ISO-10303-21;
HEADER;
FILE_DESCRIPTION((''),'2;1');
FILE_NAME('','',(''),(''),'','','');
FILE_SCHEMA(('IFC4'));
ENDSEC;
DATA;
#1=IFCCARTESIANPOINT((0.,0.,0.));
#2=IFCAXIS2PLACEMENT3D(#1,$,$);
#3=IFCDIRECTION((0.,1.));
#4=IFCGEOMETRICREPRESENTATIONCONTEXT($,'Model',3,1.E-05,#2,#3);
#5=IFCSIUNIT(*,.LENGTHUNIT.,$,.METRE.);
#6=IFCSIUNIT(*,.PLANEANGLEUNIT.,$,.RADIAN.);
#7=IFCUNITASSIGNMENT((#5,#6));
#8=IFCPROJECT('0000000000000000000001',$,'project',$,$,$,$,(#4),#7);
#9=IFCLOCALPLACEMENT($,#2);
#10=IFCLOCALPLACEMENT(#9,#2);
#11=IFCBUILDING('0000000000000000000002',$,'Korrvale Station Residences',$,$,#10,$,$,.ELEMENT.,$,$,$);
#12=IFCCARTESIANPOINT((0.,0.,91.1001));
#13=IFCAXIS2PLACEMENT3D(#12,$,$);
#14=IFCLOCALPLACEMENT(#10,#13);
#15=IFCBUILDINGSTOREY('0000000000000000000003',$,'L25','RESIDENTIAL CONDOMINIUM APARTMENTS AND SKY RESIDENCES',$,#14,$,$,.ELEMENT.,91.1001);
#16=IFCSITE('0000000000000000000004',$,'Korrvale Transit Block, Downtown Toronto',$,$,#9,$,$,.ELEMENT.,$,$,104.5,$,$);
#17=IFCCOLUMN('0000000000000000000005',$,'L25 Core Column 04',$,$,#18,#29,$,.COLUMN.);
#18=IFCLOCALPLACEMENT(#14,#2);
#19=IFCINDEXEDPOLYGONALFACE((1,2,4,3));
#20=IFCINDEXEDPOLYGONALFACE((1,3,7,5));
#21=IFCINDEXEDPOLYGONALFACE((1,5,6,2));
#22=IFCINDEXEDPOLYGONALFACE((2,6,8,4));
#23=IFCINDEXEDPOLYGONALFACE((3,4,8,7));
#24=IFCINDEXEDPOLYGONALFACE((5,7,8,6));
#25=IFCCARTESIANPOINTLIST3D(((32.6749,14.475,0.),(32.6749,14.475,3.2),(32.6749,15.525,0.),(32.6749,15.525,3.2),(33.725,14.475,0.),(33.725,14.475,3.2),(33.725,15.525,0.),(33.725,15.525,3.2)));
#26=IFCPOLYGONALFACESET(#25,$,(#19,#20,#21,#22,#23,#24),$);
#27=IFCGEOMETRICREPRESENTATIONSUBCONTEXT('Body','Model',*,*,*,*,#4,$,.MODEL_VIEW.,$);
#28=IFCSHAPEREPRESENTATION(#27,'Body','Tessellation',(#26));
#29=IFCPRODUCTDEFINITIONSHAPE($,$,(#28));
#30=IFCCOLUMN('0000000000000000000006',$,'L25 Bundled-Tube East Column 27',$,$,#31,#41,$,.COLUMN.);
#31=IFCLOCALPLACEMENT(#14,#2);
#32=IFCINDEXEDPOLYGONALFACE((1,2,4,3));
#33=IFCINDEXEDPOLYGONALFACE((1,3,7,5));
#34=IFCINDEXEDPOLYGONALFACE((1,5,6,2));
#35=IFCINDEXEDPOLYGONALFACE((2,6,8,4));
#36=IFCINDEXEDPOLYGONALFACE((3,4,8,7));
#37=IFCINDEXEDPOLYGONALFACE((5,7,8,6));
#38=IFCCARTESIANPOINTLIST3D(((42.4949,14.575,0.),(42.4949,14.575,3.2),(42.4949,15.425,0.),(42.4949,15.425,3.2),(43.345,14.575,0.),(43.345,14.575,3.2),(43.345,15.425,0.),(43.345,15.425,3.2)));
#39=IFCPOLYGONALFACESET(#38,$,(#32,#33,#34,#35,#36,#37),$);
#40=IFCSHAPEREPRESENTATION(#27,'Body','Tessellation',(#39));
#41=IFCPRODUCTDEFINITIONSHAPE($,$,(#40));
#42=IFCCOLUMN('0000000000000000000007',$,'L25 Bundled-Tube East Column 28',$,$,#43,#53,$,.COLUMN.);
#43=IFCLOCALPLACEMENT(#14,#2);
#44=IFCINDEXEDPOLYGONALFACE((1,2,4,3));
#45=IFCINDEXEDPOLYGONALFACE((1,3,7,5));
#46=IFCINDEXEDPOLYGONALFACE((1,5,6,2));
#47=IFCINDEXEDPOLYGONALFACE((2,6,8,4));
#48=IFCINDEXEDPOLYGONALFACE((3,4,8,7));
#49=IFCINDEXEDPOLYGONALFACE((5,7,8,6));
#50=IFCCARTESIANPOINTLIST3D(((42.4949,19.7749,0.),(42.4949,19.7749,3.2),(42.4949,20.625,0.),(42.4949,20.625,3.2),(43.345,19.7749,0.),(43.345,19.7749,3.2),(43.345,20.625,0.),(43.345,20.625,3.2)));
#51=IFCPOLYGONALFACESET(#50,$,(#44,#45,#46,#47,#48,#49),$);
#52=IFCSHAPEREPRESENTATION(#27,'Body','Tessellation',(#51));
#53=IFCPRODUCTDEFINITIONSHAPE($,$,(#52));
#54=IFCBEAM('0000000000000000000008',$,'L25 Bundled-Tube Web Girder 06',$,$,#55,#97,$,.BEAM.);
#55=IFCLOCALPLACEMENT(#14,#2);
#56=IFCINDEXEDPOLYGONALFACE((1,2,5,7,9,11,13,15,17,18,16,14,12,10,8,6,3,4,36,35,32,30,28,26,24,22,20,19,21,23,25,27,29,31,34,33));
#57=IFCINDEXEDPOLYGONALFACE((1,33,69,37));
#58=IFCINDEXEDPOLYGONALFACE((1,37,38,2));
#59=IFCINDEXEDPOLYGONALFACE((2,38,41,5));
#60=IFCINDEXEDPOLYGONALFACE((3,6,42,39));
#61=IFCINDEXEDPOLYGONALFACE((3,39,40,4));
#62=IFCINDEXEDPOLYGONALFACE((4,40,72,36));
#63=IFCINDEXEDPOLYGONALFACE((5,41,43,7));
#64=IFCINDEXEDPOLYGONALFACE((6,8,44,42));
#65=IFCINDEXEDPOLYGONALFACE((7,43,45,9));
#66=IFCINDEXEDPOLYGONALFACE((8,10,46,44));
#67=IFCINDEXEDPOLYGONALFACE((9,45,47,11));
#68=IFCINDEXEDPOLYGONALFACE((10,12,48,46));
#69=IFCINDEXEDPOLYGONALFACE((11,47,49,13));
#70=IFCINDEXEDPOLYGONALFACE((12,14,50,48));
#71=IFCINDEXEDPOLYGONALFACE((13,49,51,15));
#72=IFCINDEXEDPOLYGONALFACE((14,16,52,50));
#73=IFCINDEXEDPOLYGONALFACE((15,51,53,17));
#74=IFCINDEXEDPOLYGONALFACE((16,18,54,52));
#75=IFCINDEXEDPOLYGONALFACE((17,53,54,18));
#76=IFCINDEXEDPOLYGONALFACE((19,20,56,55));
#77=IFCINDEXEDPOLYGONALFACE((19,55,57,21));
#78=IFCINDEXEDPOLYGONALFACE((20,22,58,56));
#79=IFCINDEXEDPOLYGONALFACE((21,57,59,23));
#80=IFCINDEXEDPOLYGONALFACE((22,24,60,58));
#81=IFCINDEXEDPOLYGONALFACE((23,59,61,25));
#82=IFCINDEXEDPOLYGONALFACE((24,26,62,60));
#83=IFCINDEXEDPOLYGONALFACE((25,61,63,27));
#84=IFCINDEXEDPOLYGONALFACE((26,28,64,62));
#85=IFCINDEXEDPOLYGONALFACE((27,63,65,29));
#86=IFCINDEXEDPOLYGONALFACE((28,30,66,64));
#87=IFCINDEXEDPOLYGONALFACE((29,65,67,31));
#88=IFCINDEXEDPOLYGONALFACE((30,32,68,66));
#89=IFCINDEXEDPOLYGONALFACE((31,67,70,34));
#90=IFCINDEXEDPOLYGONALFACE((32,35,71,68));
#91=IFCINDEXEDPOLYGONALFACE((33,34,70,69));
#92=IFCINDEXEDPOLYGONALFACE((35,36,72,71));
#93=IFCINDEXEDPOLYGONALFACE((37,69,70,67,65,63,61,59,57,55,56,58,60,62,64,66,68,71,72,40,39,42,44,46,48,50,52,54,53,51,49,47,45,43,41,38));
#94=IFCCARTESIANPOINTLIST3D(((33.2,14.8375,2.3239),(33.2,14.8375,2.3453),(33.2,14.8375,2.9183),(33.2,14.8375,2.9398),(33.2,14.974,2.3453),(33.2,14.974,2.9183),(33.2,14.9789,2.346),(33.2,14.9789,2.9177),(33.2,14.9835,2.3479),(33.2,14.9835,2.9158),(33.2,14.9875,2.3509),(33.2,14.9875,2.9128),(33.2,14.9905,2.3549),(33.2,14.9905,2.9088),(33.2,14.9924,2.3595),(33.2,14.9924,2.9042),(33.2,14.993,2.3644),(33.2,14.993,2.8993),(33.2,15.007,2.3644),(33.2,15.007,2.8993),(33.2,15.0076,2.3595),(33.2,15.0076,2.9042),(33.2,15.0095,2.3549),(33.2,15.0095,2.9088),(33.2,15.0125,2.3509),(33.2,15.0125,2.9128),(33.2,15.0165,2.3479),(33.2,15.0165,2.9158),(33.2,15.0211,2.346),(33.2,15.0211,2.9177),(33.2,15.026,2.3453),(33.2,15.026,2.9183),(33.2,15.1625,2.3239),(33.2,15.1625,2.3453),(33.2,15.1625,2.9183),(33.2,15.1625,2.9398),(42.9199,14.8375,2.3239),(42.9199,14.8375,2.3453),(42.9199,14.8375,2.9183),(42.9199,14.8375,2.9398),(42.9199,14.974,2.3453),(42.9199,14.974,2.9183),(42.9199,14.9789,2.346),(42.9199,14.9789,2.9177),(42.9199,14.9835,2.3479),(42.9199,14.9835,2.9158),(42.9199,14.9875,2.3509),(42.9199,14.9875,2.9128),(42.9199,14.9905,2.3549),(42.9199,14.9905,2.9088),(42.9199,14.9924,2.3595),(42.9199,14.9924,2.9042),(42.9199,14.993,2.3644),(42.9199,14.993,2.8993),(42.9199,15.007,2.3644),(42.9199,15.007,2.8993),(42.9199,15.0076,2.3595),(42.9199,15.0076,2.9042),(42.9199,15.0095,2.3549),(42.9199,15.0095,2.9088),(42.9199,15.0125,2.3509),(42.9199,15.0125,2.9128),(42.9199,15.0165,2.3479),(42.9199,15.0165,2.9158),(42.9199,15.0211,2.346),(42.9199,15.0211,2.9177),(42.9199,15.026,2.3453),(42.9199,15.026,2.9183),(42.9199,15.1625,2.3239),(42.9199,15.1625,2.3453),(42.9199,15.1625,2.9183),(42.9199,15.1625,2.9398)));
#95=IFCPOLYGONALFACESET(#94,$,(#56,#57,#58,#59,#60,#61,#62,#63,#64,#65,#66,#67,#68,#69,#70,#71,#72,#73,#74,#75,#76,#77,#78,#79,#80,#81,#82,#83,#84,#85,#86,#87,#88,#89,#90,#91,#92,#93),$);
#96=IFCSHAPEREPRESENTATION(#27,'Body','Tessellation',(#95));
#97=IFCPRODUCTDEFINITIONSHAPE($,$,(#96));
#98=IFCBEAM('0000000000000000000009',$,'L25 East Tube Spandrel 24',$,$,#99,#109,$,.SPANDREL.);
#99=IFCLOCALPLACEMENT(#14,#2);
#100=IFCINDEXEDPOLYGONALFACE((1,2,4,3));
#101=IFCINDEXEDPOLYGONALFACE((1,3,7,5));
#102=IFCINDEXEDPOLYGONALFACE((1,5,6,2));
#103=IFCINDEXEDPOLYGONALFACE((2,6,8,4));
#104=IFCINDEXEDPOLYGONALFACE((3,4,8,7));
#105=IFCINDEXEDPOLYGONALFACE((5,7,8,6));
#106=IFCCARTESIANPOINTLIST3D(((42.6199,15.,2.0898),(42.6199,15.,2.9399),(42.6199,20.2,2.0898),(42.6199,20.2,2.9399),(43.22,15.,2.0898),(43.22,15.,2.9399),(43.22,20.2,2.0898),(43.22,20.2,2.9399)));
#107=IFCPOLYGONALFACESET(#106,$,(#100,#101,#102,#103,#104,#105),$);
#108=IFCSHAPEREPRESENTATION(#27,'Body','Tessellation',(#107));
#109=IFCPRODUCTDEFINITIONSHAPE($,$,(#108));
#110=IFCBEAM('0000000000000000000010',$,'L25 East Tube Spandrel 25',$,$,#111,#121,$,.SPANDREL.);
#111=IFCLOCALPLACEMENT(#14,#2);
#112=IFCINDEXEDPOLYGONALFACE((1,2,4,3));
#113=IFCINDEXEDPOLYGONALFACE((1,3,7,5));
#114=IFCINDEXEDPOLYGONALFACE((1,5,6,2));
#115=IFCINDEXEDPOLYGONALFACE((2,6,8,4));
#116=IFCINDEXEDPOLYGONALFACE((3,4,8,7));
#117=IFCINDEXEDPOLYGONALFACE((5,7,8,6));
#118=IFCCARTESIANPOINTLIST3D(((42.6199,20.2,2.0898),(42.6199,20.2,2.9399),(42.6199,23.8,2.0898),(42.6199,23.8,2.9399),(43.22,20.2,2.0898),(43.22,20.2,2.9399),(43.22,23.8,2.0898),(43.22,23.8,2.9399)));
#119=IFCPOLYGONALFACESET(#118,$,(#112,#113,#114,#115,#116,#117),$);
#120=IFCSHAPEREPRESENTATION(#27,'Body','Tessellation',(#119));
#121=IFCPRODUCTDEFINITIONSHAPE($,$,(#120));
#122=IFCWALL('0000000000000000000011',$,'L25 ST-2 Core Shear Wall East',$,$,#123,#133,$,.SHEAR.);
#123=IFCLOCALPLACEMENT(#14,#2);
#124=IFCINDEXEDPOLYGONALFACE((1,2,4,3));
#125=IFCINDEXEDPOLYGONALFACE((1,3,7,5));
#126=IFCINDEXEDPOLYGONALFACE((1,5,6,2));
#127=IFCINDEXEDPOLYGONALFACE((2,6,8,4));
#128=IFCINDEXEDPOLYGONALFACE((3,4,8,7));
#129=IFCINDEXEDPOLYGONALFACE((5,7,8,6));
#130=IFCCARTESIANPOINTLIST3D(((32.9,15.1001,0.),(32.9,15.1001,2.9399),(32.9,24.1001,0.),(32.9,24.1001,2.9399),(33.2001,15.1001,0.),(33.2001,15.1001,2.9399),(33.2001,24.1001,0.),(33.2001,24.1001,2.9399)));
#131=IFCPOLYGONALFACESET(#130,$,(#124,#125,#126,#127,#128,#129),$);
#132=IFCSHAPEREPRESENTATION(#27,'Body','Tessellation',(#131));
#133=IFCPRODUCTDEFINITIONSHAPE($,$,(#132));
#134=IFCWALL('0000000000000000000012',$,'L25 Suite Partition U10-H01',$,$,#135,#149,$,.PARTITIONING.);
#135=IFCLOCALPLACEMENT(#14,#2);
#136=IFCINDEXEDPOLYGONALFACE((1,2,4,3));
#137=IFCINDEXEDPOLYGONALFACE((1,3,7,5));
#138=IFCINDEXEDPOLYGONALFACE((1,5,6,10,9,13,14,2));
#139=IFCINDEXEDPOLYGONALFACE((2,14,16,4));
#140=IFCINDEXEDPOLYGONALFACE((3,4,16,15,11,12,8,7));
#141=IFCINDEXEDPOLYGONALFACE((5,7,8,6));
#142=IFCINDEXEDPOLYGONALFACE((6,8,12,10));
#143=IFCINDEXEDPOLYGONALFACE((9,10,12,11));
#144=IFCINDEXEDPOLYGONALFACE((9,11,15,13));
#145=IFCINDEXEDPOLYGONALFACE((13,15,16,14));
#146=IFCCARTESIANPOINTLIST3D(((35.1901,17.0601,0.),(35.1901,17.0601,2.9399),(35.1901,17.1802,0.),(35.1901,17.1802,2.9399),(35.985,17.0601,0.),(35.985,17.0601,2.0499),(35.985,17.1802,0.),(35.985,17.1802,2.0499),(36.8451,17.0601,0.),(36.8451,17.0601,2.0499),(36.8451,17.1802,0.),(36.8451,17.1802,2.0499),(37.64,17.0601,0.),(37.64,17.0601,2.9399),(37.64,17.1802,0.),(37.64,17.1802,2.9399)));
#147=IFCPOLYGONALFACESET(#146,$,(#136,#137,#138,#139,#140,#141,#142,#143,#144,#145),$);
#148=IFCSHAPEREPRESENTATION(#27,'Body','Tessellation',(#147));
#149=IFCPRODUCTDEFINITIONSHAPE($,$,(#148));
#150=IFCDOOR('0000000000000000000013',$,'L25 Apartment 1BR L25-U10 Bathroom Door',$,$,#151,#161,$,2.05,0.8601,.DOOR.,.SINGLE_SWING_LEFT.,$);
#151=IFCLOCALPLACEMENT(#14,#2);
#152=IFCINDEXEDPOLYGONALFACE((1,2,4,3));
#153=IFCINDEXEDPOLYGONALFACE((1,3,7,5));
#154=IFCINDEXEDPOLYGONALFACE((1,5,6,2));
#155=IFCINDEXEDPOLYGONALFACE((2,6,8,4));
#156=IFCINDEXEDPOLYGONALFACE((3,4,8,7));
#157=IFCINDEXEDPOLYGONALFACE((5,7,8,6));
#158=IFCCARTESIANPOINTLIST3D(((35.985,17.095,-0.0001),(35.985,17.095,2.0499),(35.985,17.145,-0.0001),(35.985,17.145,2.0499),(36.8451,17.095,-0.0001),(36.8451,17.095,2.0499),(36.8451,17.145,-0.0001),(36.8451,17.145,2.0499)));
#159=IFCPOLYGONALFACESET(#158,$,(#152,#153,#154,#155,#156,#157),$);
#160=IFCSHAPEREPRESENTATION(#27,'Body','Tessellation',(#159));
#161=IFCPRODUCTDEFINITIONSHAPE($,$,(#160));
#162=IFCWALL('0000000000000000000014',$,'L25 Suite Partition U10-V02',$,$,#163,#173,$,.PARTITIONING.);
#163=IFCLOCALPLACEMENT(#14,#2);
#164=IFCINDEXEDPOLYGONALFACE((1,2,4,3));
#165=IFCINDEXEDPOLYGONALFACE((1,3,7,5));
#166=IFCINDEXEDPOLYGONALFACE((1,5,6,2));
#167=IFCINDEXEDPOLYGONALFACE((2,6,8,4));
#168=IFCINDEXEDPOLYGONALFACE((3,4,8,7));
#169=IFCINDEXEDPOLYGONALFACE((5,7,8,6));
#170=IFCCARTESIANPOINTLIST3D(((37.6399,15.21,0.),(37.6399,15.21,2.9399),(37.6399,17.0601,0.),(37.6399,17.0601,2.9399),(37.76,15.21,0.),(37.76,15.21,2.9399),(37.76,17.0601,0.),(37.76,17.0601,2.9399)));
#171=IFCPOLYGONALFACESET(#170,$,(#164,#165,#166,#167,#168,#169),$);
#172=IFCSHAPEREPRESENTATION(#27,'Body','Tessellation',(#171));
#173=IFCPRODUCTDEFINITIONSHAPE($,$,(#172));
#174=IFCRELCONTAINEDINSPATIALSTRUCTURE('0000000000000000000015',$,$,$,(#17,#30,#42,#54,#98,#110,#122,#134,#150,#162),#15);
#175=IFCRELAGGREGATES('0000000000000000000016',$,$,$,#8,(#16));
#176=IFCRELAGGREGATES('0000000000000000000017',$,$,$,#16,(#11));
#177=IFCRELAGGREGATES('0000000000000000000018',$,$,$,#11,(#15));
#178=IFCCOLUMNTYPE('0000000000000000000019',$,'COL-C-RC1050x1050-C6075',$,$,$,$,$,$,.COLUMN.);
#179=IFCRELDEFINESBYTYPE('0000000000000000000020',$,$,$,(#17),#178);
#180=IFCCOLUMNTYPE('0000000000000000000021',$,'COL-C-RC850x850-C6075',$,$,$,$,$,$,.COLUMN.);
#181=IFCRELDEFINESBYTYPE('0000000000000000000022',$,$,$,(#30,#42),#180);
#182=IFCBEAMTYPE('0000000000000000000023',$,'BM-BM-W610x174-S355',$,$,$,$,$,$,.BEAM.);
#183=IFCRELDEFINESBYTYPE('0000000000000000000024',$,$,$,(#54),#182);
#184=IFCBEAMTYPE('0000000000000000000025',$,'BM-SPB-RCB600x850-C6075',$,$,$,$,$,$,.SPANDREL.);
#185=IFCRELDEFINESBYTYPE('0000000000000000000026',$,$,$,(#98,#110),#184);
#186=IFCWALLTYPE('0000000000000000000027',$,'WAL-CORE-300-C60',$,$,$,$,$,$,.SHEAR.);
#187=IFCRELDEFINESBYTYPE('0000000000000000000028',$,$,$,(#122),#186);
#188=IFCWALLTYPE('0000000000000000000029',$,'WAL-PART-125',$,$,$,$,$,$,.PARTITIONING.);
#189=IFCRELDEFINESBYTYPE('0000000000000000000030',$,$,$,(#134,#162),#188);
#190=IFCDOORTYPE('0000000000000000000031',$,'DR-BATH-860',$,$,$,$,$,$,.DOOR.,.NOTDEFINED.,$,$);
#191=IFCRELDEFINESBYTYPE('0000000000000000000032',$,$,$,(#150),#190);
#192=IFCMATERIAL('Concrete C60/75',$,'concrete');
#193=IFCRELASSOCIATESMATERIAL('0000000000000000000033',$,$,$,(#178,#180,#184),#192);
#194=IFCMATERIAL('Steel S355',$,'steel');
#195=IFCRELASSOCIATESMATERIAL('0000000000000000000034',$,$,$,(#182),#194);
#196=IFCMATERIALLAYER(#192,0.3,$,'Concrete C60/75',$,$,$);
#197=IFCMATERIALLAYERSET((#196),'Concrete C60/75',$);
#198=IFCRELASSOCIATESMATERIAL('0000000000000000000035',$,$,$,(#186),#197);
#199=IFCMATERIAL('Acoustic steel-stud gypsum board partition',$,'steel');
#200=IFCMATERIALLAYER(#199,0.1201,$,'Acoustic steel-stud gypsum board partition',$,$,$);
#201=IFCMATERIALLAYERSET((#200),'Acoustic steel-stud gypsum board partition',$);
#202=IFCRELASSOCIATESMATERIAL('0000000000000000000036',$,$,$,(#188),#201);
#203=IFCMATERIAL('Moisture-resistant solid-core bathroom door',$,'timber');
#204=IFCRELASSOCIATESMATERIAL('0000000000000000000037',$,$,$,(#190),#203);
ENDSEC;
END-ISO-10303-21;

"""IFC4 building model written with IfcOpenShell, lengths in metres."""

from ifc_helpers import new_model, si_unit, direction, frame, frame_2d, origin, origin_2d, place, context, subcontext, project, spatial, rectangle, i_section, extrude, material, layer, layer_set, material_profile, profile_set, type_object, element, fill, save


model = new_model("IFC4")

# Units and contexts
model_context = context("Model", 3, precision=1e-05, world=origin(), true_north=direction((0.0, 1.0)))
body_context = subcontext(model_context, "Body", "Model", "MODEL_VIEW")
ifc_project = project(units=[si_unit("LENGTHUNIT", "METRE"), si_unit("PLANEANGLEUNIT", "RADIAN")], contexts=[model_context])

# Site, building, storey
site_placement = place(None, origin())
site = spatial("IfcSite", under=ifc_project, at=site_placement, Name="Korrvale Transit Block, Downtown Toronto", CompositionType="ELEMENT", RefElevation=104.5)
building_placement = place(site_placement, origin())
building = spatial("IfcBuilding", under=site, at=building_placement, Name="Korrvale Station Residences", CompositionType="ELEMENT")
storey_placement = place(building_placement, frame((0.0, 0.0, 91.1001)))
storey = spatial("IfcBuildingStorey", under=building, at=storey_placement, Name="L25", Description="RESIDENTIAL CONDOMINIUM APARTMENTS AND SKY RESIDENCES", CompositionType="ELEMENT", Elevation=91.1001)

# Columns
ifc_material_1 = material(Name="Concrete C60/75", Category="concrete")
ifc_material_profile_1 = material_profile(ifc_material_1, rectangle(XDim=1.05, YDim=1.05, at=origin_2d()), Name="RC1050x1050")
ifc_profile_set_1 = profile_set([ifc_material_profile_1], Name="Concrete C60/75")
column_type_1 = type_object("IfcColumnType", Name="COL-C-RC1050x1050-C6075", PredefinedType="COLUMN", material=ifc_profile_set_1)
column_placement = place(storey_placement, frame((33.2, 15.0, 0.0), z_axis=(0.0, 0.0, 1.0), x_axis=(1.0, 0.0, 0.0)))
element("IfcColumn", 1, at=column_placement, inside=storey, type_object=column_type_1, Name="L25 Core Column 04", PredefinedType="COLUMN", context=body_context, shape_type="SweptSolid", body=[
    extrude(rectangle(XDim=1.05, YDim=1.05, at=origin_2d()), origin(), (0.0, 0.0, 1.0), 3.2),
])
ifc_material_profile_2 = material_profile(ifc_material_1, rectangle(XDim=0.8501, YDim=0.8501, at=origin_2d()), Name="RC850x850")
ifc_profile_set_2 = profile_set([ifc_material_profile_2], Name="Concrete C60/75")
column_type_2 = type_object("IfcColumnType", Name="COL-C-RC850x850-C6075", PredefinedType="COLUMN", material=ifc_profile_set_2)
for number, where, z_axis, x_axis, name in (
    (2, (42.9199, 15.0, 0.0), (0.0, 0.0, 1.0), (1.0, 0.0, 0.0), "L25 Bundled-Tube East Column 27"),
    (3, (42.9199, 20.2, 0.0), (0.0, 0.0, 1.0), (1.0, 0.0, 0.0), "L25 Bundled-Tube East Column 28"),
):
    element("IfcColumn", number, at=place(storey_placement, frame(where, z_axis=z_axis, x_axis=x_axis)), inside=storey, type_object=column_type_2, Name=name, PredefinedType="COLUMN", context=body_context, shape_type="SweptSolid", body=[
        extrude(rectangle(XDim=0.8501, YDim=0.8501, at=origin_2d()), origin(), (0.0, 0.0, 1.0), 3.2),
    ])

# Beams
ifc_material_2 = material(Name="Steel S355", Category="steel")
ifc_material_profile_3 = material_profile(ifc_material_2, i_section(OverallWidth=0.325, OverallDepth=0.616, WebThickness=0.0139, FlangeThickness=0.0215, FilletRadius=0.019, at=origin_2d()), Name="W610x174")
ifc_profile_set_3 = profile_set([ifc_material_profile_3], Name="Steel S355")
beam_type_1 = type_object("IfcBeamType", Name="BM-BM-W610x174-S355", PredefinedType="BEAM", material=ifc_profile_set_3)
beam_1_placement = place(storey_placement, frame((33.2, 15.0, 2.6318), z_axis=(1.0, 0.0, 0.0), x_axis=(0.0, 1.0, 0.0)))
element("IfcBeam", 4, at=beam_1_placement, inside=storey, type_object=beam_type_1, Name="L25 Bundled-Tube Web Girder 06", PredefinedType="BEAM", context=body_context, shape_type="SweptSolid", body=[
    extrude(i_section(OverallWidth=0.325, OverallDepth=0.616, WebThickness=0.0139, FlangeThickness=0.0215, FilletRadius=0.019, at=origin_2d()), origin(), (0.0, 0.0, 1.0), 9.72),
])
ifc_material_profile_4 = material_profile(ifc_material_1, rectangle(XDim=0.6001, YDim=0.8501, at=origin_2d()), Name="RCB600x850")
ifc_profile_set_4 = profile_set([ifc_material_profile_4], Name="Concrete C60/75")
beam_type_2 = type_object("IfcBeamType", Name="BM-SPB-RCB600x850-C6075", PredefinedType="SPANDREL", material=ifc_profile_set_4)
beam_2_placement = place(storey_placement, frame((42.9199, 15.0, 2.5149), z_axis=(0.0, 1.0, 0.0), x_axis=(-1.0, 0.0, 0.0)))
element("IfcBeam", 5, at=beam_2_placement, inside=storey, type_object=beam_type_2, Name="L25 East Tube Spandrel 24", PredefinedType="SPANDREL", context=body_context, shape_type="SweptSolid", body=[
    extrude(rectangle(XDim=0.6001, YDim=0.8501, at=origin_2d()), origin(), (0.0, 0.0, 1.0), 5.2),
])
beam_3_placement = place(storey_placement, frame((42.9199, 20.2, 2.5149), z_axis=(0.0, 1.0, 0.0), x_axis=(-1.0, 0.0, 0.0)))
element("IfcBeam", 6, at=beam_3_placement, inside=storey, type_object=beam_type_2, Name="L25 East Tube Spandrel 25", PredefinedType="SPANDREL", context=body_context, shape_type="SweptSolid", body=[
    extrude(rectangle(XDim=0.6001, YDim=0.8501, at=origin_2d()), origin(), (0.0, 0.0, 1.0), 3.6001),
])

# Wall
ifc_layer_1 = layer(ifc_material_1, 0.3, Name="Concrete C60/75")
ifc_layer_set_1 = layer_set([ifc_layer_1], Name="Concrete C60/75")
wall_type_1 = type_object("IfcWallType", Name="WAL-CORE-300-C60", PredefinedType="SHEAR", material=ifc_layer_set_1)
wall_1_placement = place(storey_placement, frame((33.05, 15.1001, 0.0), z_axis=(0.0, 0.0, 1.0), x_axis=(0.0, 1.0, 0.0)))
element("IfcWall", 7, at=wall_1_placement, inside=storey, type_object=wall_type_1, Name="L25 ST-2 Core Shear Wall East", PredefinedType="SHEAR", context=body_context, shape_type="SweptSolid", body=[
    extrude(rectangle(XDim=9.0, YDim=0.3, at=frame_2d((4.5, 0.0))), origin(), (0.0, 0.0, 1.0), 2.9399),
])

# Wall, opening, door
ifc_material_3 = material(Name="Acoustic steel-stud gypsum board partition", Category="steel")
ifc_layer_2 = layer(ifc_material_3, 0.1201, Name="Acoustic steel-stud gypsum board partition")
ifc_layer_set_2 = layer_set([ifc_layer_2], Name="Acoustic steel-stud gypsum board partition")
wall_type_2 = type_object("IfcWallType", Name="WAL-PART-125", PredefinedType="PARTITIONING", material=ifc_layer_set_2)
wall_2_placement = place(storey_placement, frame((35.1899, 17.1201, 0.0), z_axis=(0.0, 0.0, 1.0), x_axis=(1.0, 0.0, 0.0)))
wall_2 = element("IfcWall", 8, at=wall_2_placement, inside=storey, type_object=wall_type_2, Name="L25 Suite Partition U10-H01", PredefinedType="PARTITIONING", context=body_context, shape_type="SweptSolid", body=[
    extrude(rectangle(XDim=2.45, YDim=0.1201, at=frame_2d((1.2251, 0.0))), origin(), (0.0, 0.0, 1.0), 2.9399),
])
opening_1_placement = place(wall_2_placement, frame((0.7949, 0.0, 0.0)))
opening_1 = element("IfcOpeningElement", 9, at=opening_1_placement, cuts=wall_2, PredefinedType="OPENING", context=body_context, shape_type="SweptSolid", body=[
    extrude(rectangle(XDim=0.8601, YDim=2.05, at=frame_2d((0.4302, 1.0249))), frame((0.0, 0.0701, 0.0), z_axis=(0.0, -1.0, 0.0), x_axis=(1.0, 0.0, 0.0)), (0.0, 0.0, 1.0), 0.1401),
])
ifc_material_4 = material(Name="Moisture-resistant solid-core bathroom door", Category="timber")
door_type_1 = type_object("IfcDoorType", Name="DR-BATH-860", OperationType="NOTDEFINED", PredefinedType="DOOR", material=ifc_material_4)
door_1_placement = place(opening_1_placement, origin())
door_1 = element("IfcDoor", 10, at=door_1_placement, inside=storey, type_object=door_type_1, Name="L25 Apartment 1BR L25-U10 Bathroom Door", OperationType="SINGLE_SWING_LEFT", OverallHeight=2.05, OverallWidth=0.8601, PredefinedType="DOOR", context=body_context, shape_type="SweptSolid", body=[
    extrude(rectangle(XDim=0.8601, YDim=2.05, at=frame_2d((0.4302, 1.0249))), frame((0.0, 0.0249, 0.0), z_axis=(0.0, -1.0, 0.0), x_axis=(1.0, 0.0, 0.0)), (0.0, 0.0, 1.0), 0.05),
])
fill(opening_1, door_1)

# Wall
wall_3_placement = place(storey_placement, frame((37.7, 15.21, 0.0), z_axis=(0.0, 0.0, 1.0), x_axis=(0.0, 1.0, 0.0)))
element("IfcWall", 11, at=wall_3_placement, inside=storey, type_object=wall_type_2, Name="L25 Suite Partition U10-V02", PredefinedType="PARTITIONING", context=body_context, shape_type="SweptSolid", body=[
    extrude(rectangle(XDim=1.8501, YDim=0.1201, at=frame_2d((0.925, 0.0))), origin(), (0.0, 0.0, 1.0), 2.9399),
])

save(model, "model.ifc")
